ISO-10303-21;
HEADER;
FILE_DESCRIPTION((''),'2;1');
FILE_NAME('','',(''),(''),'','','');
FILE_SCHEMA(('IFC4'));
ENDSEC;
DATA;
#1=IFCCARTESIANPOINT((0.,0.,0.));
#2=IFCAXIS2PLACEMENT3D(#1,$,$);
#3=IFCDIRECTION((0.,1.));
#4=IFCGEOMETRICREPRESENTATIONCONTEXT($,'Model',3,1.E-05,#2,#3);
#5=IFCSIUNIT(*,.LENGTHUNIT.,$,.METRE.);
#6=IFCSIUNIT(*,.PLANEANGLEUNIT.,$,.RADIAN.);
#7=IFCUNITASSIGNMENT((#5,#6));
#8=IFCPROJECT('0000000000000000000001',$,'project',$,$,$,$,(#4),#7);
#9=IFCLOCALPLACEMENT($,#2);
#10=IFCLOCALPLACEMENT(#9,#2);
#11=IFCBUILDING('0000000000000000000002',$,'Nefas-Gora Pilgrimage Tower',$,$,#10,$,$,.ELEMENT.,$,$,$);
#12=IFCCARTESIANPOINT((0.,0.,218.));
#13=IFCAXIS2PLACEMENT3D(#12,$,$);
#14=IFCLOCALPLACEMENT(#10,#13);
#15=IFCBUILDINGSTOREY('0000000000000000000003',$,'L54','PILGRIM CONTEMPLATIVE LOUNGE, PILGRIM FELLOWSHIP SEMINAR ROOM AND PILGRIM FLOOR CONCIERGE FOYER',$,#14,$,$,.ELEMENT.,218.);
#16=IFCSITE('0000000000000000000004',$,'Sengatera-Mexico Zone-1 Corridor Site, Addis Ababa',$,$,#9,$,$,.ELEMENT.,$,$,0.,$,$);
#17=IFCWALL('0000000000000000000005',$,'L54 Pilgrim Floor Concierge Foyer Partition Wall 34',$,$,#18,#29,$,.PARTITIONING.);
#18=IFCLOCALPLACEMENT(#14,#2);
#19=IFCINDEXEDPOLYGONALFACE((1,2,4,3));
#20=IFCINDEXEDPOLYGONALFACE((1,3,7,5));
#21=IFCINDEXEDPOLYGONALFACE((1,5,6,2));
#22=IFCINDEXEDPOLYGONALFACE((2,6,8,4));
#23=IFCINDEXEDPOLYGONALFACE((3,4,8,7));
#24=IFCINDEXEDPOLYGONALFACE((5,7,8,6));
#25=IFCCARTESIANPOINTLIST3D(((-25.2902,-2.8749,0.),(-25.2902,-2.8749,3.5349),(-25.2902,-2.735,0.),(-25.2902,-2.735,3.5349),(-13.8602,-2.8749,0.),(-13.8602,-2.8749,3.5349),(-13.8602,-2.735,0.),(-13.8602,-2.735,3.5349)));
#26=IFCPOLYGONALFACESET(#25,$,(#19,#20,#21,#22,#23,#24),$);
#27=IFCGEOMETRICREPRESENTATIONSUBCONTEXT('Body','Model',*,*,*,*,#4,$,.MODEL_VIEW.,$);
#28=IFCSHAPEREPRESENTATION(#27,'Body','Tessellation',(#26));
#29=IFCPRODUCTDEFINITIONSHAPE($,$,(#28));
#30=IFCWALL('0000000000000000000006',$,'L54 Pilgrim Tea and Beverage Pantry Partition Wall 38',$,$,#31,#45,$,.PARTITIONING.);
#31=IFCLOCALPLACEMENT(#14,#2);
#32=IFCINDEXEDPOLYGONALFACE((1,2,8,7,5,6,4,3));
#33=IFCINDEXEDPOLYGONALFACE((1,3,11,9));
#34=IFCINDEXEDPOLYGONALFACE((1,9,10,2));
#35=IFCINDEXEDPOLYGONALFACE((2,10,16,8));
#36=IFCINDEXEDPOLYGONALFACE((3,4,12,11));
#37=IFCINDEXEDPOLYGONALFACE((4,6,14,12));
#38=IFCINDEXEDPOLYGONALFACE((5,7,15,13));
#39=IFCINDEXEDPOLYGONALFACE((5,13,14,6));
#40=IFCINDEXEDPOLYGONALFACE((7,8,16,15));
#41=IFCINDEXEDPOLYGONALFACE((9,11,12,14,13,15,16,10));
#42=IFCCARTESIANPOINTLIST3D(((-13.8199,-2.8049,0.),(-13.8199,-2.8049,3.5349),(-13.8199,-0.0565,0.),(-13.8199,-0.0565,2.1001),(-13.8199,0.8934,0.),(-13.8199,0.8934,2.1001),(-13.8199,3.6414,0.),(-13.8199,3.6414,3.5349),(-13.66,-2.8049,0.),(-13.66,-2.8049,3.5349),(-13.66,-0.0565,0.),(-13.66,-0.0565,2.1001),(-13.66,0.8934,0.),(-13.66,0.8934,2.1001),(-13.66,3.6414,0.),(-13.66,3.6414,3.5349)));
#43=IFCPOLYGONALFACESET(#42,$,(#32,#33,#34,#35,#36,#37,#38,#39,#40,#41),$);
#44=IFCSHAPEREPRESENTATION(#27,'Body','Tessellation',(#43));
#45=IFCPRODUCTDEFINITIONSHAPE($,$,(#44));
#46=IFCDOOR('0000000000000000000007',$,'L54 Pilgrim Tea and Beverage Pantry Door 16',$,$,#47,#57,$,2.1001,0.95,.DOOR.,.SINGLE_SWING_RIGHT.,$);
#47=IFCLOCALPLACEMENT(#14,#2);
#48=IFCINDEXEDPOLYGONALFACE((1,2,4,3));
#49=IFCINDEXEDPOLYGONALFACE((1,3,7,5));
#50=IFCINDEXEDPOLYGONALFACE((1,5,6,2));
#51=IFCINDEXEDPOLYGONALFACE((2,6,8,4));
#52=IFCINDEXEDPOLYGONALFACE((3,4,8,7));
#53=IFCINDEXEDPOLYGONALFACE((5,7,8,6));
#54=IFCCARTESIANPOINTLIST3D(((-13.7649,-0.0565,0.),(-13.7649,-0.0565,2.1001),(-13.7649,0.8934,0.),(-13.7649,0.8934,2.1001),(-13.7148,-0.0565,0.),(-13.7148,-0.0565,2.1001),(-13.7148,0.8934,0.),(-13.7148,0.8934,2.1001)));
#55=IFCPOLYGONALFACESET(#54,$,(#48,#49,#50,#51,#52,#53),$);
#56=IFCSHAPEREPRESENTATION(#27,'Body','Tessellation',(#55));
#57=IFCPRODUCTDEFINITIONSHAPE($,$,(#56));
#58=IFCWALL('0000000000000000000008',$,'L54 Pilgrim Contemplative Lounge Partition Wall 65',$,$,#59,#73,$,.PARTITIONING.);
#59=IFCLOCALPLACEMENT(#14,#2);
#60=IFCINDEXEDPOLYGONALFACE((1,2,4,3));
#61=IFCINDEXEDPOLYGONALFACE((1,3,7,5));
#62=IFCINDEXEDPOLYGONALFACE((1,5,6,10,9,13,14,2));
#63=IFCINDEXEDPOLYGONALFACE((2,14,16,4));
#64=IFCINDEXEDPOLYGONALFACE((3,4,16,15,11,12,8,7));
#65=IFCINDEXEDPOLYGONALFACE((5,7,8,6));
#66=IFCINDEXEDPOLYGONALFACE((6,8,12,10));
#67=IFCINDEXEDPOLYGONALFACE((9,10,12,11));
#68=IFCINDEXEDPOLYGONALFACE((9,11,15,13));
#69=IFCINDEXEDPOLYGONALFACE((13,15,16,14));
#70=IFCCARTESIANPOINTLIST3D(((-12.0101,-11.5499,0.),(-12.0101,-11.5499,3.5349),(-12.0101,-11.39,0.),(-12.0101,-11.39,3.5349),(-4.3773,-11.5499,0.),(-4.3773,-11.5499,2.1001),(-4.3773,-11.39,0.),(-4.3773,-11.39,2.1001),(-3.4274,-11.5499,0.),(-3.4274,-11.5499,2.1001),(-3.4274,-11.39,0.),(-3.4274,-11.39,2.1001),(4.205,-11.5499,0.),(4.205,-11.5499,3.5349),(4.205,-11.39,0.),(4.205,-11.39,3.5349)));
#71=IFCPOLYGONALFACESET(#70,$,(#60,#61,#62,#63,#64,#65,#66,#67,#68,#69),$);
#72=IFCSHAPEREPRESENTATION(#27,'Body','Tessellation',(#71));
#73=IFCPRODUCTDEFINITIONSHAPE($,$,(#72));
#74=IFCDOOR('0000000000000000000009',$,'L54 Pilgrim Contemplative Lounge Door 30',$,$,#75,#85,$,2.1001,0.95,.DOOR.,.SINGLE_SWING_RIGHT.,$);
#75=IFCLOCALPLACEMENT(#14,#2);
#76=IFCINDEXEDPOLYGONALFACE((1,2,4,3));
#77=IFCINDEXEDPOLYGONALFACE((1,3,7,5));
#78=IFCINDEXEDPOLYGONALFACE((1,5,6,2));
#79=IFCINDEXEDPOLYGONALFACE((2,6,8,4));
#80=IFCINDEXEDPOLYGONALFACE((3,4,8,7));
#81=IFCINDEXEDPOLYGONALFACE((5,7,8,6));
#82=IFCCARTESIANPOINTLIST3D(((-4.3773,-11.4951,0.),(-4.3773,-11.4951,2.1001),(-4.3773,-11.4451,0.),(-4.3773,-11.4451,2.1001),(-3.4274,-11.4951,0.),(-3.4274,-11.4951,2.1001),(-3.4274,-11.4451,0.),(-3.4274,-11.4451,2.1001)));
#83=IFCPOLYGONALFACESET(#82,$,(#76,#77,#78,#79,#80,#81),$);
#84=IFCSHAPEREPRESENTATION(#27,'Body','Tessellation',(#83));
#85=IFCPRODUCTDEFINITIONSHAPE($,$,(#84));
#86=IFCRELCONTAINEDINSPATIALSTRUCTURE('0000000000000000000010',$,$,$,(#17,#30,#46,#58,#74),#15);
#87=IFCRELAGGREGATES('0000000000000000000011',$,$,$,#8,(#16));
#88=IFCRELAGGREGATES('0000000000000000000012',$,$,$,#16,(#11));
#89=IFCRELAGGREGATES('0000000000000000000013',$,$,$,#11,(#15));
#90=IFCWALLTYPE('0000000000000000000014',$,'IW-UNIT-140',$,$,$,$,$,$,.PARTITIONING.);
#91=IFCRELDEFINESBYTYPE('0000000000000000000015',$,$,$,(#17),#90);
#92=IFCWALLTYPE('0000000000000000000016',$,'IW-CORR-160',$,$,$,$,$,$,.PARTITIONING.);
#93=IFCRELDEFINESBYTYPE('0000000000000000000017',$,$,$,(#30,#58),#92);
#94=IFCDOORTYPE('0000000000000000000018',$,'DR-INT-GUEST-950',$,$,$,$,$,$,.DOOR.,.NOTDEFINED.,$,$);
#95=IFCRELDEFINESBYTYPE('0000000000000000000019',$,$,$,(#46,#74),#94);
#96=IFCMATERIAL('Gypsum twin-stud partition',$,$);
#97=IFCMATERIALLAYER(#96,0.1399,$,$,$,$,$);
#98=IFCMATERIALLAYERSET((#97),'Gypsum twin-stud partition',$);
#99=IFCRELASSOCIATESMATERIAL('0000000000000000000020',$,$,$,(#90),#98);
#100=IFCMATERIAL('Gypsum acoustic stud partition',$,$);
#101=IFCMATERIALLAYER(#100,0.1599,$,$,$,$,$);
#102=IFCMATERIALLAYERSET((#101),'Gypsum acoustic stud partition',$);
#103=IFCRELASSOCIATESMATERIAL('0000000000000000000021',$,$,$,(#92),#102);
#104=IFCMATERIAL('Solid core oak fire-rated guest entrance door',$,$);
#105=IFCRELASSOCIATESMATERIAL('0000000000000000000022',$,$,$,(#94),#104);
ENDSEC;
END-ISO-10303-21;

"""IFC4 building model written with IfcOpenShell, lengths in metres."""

from ifc_helpers import new_model, si_unit, direction, frame, frame_2d, origin, place, context, subcontext, project, spatial, rectangle, extrude, source, transform, mapped, material, layer, layer_set, type_object, element, fill, save


model = new_model("IFC4")

# Units and contexts
model_context = context("Model", 3, precision=1e-05, world=origin(), true_north=direction((0.0, 1.0)))
body_context = subcontext(model_context, "Body", "Model", "MODEL_VIEW")
ifc_project = project(units=[si_unit("LENGTHUNIT", "METRE"), si_unit("PLANEANGLEUNIT", "RADIAN")], contexts=[model_context])

# Site, building, storey
site_placement = place(None, origin())
site = spatial("IfcSite", under=ifc_project, at=site_placement, Name="Sengatera-Mexico Zone-1 Corridor Site, Addis Ababa", CompositionType="ELEMENT", RefElevation=0.0)
building_placement = place(site_placement, origin())
building = spatial("IfcBuilding", under=site, at=building_placement, Name="Nefas-Gora Pilgrimage Tower", CompositionType="ELEMENT")
storey_placement = place(building_placement, frame((0.0, 0.0, 218.0)))
storey = spatial("IfcBuildingStorey", under=building, at=storey_placement, Name="L54", Description="PILGRIM CONTEMPLATIVE LOUNGE, PILGRIM FELLOWSHIP SEMINAR ROOM AND PILGRIM FLOOR CONCIERGE FOYER", CompositionType="ELEMENT", Elevation=218.0)

# Wall
ifc_material_1 = material(Name="Gypsum twin-stud partition")
ifc_layer_1 = layer(ifc_material_1, 0.1399)
ifc_layer_set_1 = layer_set([ifc_layer_1], Name="Gypsum twin-stud partition")
wall_type_1 = type_object("IfcWallType", Name="IW-UNIT-140", PredefinedType="PARTITIONING", material=ifc_layer_set_1)
shared_shape_1 = source(origin(), body_context, "Body", "SweptSolid", [
    extrude(rectangle(XDim=11.4299, YDim=0.1399, at=frame_2d((5.7148, 0.0))), origin(), (0.0, 0.0, 1.0), 3.5349),
])
for number, where, z_axis, x_axis, name in (
    (1, (-25.29, -2.8049, 0.0), (0.0, 0.0, 1.0), (1.0, 0.0, 0.0), "L54 Pilgrim Floor Concierge Foyer Partition Wall 34"),
):
    element("IfcWall", number, at=place(storey_placement, frame(where, z_axis=z_axis, x_axis=x_axis)), inside=storey, type_object=wall_type_1, Name=name, PredefinedType="PARTITIONING", context=body_context, shape_type="MappedRepresentation", body=[
        mapped(shared_shape_1, transform((0.0, 0.0, 0.0), x_axis=(1.0, 0.0, 0.0), y_axis=(0.0, 1.0, 0.0), z_axis=(0.0, 0.0, 1.0), scale=1.0)),
    ])

# Walls, openings, doors
ifc_material_2 = material(Name="Gypsum acoustic stud partition")
ifc_layer_2 = layer(ifc_material_2, 0.1599)
ifc_layer_set_2 = layer_set([ifc_layer_2], Name="Gypsum acoustic stud partition")
wall_type_2 = type_object("IfcWallType", Name="IW-CORR-160", PredefinedType="PARTITIONING", material=ifc_layer_set_2)
shared_shape_2 = source(origin(), body_context, "Body", "SweptSolid", [
    extrude(rectangle(XDim=6.4463, YDim=0.1599, at=frame_2d((3.2231, 0.0))), origin(), (0.0, 0.0, 1.0), 3.5349),
])
wall_1_placement = place(storey_placement, frame((-13.74, -2.8049, 0.0), z_axis=(0.0, 0.0, 1.0), x_axis=(0.0, 1.0, 0.0)))
wall_1 = element("IfcWall", 2, at=wall_1_placement, inside=storey, type_object=wall_type_2, Name="L54 Pilgrim Tea and Beverage Pantry Partition Wall 38", PredefinedType="PARTITIONING", context=body_context, shape_type="MappedRepresentation", body=[
    mapped(shared_shape_2, transform((0.0, 0.0, 0.0), x_axis=(1.0, 0.0, 0.0), y_axis=(0.0, 1.0, 0.0), z_axis=(0.0, 0.0, 1.0), scale=1.0)),
])
opening_1_placement = place(wall_1_placement, frame((2.7483, 0.0, 0.0)))
opening_1 = element("IfcOpeningElement", 3, at=opening_1_placement, cuts=wall_1, PredefinedType="OPENING", context=body_context, shape_type="SweptSolid", body=[
    extrude(rectangle(XDim=0.95, YDim=2.1001, at=frame_2d((0.4751, 1.05))), frame((0.0, 0.0898, 0.0), z_axis=(0.0, -1.0, 0.0), x_axis=(1.0, 0.0, 0.0)), (0.0, 0.0, 1.0), 0.1799),
])
ifc_material_3 = material(Name="Solid core oak fire-rated guest entrance door")
door_type_1 = type_object("IfcDoorType", Name="DR-INT-GUEST-950", OperationType="NOTDEFINED", PredefinedType="DOOR", material=ifc_material_3)
shared_shape_3 = source(origin(), body_context, "Body", "SweptSolid", [
    extrude(rectangle(XDim=0.95, YDim=2.1001, at=frame_2d((0.4751, 1.05))), frame((0.0, 0.0249, 0.0), z_axis=(0.0, -1.0, 0.0), x_axis=(1.0, 0.0, 0.0)), (0.0, 0.0, 1.0), 0.05),
])
door_1_placement = place(opening_1_placement, origin())
door_1 = element("IfcDoor", 4, at=door_1_placement, inside=storey, type_object=door_type_1, Name="L54 Pilgrim Tea and Beverage Pantry Door 16", OperationType="SINGLE_SWING_RIGHT", OverallHeight=2.1001, OverallWidth=0.95, PredefinedType="DOOR", context=body_context, shape_type="MappedRepresentation", body=[
    mapped(shared_shape_3, transform((0.0, 0.0, 0.0), x_axis=(1.0, 0.0, 0.0), y_axis=(0.0, 1.0, 0.0), z_axis=(0.0, 0.0, 1.0), scale=1.0)),
])
fill(opening_1, door_1)
shared_shape_4 = source(origin(), body_context, "Body", "SweptSolid", [
    extrude(rectangle(XDim=16.2151, YDim=0.1599, at=frame_2d((8.1074, 0.0))), origin(), (0.0, 0.0, 1.0), 3.5349),
])
wall_2_placement = place(storey_placement, frame((-12.01, -11.47, 0.0), z_axis=(0.0, 0.0, 1.0), x_axis=(1.0, 0.0, 0.0)))
wall_2 = element("IfcWall", 5, at=wall_2_placement, inside=storey, type_object=wall_type_2, Name="L54 Pilgrim Contemplative Lounge Partition Wall 65", PredefinedType="PARTITIONING", context=body_context, shape_type="MappedRepresentation", body=[
    mapped(shared_shape_4, transform((0.0, 0.0, 0.0), x_axis=(1.0, 0.0, 0.0), y_axis=(0.0, 1.0, 0.0), z_axis=(0.0, 0.0, 1.0), scale=1.0)),
])
opening_2_placement = place(wall_2_placement, frame((7.6326, 0.0, 0.0)))
opening_2 = element("IfcOpeningElement", 6, at=opening_2_placement, cuts=wall_2, PredefinedType="OPENING", context=body_context, shape_type="SweptSolid", body=[
    extrude(rectangle(XDim=0.95, YDim=2.1001, at=frame_2d((0.4751, 1.05))), frame((0.0, 0.0898, 0.0), z_axis=(0.0, -1.0, 0.0), x_axis=(1.0, 0.0, 0.0)), (0.0, 0.0, 1.0), 0.1799),
])
door_2_placement = place(opening_2_placement, origin())
door_2 = element("IfcDoor", 7, at=door_2_placement, inside=storey, type_object=door_type_1, Name="L54 Pilgrim Contemplative Lounge Door 30", OperationType="SINGLE_SWING_RIGHT", OverallHeight=2.1001, OverallWidth=0.95, PredefinedType="DOOR", context=body_context, shape_type="MappedRepresentation", body=[
    mapped(shared_shape_3, transform((0.0, 0.0, 0.0), x_axis=(1.0, 0.0, 0.0), y_axis=(0.0, 1.0, 0.0), z_axis=(0.0, 0.0, 1.0), scale=1.0)),
])
fill(opening_2, door_2)

save(model, "model.ifc")
